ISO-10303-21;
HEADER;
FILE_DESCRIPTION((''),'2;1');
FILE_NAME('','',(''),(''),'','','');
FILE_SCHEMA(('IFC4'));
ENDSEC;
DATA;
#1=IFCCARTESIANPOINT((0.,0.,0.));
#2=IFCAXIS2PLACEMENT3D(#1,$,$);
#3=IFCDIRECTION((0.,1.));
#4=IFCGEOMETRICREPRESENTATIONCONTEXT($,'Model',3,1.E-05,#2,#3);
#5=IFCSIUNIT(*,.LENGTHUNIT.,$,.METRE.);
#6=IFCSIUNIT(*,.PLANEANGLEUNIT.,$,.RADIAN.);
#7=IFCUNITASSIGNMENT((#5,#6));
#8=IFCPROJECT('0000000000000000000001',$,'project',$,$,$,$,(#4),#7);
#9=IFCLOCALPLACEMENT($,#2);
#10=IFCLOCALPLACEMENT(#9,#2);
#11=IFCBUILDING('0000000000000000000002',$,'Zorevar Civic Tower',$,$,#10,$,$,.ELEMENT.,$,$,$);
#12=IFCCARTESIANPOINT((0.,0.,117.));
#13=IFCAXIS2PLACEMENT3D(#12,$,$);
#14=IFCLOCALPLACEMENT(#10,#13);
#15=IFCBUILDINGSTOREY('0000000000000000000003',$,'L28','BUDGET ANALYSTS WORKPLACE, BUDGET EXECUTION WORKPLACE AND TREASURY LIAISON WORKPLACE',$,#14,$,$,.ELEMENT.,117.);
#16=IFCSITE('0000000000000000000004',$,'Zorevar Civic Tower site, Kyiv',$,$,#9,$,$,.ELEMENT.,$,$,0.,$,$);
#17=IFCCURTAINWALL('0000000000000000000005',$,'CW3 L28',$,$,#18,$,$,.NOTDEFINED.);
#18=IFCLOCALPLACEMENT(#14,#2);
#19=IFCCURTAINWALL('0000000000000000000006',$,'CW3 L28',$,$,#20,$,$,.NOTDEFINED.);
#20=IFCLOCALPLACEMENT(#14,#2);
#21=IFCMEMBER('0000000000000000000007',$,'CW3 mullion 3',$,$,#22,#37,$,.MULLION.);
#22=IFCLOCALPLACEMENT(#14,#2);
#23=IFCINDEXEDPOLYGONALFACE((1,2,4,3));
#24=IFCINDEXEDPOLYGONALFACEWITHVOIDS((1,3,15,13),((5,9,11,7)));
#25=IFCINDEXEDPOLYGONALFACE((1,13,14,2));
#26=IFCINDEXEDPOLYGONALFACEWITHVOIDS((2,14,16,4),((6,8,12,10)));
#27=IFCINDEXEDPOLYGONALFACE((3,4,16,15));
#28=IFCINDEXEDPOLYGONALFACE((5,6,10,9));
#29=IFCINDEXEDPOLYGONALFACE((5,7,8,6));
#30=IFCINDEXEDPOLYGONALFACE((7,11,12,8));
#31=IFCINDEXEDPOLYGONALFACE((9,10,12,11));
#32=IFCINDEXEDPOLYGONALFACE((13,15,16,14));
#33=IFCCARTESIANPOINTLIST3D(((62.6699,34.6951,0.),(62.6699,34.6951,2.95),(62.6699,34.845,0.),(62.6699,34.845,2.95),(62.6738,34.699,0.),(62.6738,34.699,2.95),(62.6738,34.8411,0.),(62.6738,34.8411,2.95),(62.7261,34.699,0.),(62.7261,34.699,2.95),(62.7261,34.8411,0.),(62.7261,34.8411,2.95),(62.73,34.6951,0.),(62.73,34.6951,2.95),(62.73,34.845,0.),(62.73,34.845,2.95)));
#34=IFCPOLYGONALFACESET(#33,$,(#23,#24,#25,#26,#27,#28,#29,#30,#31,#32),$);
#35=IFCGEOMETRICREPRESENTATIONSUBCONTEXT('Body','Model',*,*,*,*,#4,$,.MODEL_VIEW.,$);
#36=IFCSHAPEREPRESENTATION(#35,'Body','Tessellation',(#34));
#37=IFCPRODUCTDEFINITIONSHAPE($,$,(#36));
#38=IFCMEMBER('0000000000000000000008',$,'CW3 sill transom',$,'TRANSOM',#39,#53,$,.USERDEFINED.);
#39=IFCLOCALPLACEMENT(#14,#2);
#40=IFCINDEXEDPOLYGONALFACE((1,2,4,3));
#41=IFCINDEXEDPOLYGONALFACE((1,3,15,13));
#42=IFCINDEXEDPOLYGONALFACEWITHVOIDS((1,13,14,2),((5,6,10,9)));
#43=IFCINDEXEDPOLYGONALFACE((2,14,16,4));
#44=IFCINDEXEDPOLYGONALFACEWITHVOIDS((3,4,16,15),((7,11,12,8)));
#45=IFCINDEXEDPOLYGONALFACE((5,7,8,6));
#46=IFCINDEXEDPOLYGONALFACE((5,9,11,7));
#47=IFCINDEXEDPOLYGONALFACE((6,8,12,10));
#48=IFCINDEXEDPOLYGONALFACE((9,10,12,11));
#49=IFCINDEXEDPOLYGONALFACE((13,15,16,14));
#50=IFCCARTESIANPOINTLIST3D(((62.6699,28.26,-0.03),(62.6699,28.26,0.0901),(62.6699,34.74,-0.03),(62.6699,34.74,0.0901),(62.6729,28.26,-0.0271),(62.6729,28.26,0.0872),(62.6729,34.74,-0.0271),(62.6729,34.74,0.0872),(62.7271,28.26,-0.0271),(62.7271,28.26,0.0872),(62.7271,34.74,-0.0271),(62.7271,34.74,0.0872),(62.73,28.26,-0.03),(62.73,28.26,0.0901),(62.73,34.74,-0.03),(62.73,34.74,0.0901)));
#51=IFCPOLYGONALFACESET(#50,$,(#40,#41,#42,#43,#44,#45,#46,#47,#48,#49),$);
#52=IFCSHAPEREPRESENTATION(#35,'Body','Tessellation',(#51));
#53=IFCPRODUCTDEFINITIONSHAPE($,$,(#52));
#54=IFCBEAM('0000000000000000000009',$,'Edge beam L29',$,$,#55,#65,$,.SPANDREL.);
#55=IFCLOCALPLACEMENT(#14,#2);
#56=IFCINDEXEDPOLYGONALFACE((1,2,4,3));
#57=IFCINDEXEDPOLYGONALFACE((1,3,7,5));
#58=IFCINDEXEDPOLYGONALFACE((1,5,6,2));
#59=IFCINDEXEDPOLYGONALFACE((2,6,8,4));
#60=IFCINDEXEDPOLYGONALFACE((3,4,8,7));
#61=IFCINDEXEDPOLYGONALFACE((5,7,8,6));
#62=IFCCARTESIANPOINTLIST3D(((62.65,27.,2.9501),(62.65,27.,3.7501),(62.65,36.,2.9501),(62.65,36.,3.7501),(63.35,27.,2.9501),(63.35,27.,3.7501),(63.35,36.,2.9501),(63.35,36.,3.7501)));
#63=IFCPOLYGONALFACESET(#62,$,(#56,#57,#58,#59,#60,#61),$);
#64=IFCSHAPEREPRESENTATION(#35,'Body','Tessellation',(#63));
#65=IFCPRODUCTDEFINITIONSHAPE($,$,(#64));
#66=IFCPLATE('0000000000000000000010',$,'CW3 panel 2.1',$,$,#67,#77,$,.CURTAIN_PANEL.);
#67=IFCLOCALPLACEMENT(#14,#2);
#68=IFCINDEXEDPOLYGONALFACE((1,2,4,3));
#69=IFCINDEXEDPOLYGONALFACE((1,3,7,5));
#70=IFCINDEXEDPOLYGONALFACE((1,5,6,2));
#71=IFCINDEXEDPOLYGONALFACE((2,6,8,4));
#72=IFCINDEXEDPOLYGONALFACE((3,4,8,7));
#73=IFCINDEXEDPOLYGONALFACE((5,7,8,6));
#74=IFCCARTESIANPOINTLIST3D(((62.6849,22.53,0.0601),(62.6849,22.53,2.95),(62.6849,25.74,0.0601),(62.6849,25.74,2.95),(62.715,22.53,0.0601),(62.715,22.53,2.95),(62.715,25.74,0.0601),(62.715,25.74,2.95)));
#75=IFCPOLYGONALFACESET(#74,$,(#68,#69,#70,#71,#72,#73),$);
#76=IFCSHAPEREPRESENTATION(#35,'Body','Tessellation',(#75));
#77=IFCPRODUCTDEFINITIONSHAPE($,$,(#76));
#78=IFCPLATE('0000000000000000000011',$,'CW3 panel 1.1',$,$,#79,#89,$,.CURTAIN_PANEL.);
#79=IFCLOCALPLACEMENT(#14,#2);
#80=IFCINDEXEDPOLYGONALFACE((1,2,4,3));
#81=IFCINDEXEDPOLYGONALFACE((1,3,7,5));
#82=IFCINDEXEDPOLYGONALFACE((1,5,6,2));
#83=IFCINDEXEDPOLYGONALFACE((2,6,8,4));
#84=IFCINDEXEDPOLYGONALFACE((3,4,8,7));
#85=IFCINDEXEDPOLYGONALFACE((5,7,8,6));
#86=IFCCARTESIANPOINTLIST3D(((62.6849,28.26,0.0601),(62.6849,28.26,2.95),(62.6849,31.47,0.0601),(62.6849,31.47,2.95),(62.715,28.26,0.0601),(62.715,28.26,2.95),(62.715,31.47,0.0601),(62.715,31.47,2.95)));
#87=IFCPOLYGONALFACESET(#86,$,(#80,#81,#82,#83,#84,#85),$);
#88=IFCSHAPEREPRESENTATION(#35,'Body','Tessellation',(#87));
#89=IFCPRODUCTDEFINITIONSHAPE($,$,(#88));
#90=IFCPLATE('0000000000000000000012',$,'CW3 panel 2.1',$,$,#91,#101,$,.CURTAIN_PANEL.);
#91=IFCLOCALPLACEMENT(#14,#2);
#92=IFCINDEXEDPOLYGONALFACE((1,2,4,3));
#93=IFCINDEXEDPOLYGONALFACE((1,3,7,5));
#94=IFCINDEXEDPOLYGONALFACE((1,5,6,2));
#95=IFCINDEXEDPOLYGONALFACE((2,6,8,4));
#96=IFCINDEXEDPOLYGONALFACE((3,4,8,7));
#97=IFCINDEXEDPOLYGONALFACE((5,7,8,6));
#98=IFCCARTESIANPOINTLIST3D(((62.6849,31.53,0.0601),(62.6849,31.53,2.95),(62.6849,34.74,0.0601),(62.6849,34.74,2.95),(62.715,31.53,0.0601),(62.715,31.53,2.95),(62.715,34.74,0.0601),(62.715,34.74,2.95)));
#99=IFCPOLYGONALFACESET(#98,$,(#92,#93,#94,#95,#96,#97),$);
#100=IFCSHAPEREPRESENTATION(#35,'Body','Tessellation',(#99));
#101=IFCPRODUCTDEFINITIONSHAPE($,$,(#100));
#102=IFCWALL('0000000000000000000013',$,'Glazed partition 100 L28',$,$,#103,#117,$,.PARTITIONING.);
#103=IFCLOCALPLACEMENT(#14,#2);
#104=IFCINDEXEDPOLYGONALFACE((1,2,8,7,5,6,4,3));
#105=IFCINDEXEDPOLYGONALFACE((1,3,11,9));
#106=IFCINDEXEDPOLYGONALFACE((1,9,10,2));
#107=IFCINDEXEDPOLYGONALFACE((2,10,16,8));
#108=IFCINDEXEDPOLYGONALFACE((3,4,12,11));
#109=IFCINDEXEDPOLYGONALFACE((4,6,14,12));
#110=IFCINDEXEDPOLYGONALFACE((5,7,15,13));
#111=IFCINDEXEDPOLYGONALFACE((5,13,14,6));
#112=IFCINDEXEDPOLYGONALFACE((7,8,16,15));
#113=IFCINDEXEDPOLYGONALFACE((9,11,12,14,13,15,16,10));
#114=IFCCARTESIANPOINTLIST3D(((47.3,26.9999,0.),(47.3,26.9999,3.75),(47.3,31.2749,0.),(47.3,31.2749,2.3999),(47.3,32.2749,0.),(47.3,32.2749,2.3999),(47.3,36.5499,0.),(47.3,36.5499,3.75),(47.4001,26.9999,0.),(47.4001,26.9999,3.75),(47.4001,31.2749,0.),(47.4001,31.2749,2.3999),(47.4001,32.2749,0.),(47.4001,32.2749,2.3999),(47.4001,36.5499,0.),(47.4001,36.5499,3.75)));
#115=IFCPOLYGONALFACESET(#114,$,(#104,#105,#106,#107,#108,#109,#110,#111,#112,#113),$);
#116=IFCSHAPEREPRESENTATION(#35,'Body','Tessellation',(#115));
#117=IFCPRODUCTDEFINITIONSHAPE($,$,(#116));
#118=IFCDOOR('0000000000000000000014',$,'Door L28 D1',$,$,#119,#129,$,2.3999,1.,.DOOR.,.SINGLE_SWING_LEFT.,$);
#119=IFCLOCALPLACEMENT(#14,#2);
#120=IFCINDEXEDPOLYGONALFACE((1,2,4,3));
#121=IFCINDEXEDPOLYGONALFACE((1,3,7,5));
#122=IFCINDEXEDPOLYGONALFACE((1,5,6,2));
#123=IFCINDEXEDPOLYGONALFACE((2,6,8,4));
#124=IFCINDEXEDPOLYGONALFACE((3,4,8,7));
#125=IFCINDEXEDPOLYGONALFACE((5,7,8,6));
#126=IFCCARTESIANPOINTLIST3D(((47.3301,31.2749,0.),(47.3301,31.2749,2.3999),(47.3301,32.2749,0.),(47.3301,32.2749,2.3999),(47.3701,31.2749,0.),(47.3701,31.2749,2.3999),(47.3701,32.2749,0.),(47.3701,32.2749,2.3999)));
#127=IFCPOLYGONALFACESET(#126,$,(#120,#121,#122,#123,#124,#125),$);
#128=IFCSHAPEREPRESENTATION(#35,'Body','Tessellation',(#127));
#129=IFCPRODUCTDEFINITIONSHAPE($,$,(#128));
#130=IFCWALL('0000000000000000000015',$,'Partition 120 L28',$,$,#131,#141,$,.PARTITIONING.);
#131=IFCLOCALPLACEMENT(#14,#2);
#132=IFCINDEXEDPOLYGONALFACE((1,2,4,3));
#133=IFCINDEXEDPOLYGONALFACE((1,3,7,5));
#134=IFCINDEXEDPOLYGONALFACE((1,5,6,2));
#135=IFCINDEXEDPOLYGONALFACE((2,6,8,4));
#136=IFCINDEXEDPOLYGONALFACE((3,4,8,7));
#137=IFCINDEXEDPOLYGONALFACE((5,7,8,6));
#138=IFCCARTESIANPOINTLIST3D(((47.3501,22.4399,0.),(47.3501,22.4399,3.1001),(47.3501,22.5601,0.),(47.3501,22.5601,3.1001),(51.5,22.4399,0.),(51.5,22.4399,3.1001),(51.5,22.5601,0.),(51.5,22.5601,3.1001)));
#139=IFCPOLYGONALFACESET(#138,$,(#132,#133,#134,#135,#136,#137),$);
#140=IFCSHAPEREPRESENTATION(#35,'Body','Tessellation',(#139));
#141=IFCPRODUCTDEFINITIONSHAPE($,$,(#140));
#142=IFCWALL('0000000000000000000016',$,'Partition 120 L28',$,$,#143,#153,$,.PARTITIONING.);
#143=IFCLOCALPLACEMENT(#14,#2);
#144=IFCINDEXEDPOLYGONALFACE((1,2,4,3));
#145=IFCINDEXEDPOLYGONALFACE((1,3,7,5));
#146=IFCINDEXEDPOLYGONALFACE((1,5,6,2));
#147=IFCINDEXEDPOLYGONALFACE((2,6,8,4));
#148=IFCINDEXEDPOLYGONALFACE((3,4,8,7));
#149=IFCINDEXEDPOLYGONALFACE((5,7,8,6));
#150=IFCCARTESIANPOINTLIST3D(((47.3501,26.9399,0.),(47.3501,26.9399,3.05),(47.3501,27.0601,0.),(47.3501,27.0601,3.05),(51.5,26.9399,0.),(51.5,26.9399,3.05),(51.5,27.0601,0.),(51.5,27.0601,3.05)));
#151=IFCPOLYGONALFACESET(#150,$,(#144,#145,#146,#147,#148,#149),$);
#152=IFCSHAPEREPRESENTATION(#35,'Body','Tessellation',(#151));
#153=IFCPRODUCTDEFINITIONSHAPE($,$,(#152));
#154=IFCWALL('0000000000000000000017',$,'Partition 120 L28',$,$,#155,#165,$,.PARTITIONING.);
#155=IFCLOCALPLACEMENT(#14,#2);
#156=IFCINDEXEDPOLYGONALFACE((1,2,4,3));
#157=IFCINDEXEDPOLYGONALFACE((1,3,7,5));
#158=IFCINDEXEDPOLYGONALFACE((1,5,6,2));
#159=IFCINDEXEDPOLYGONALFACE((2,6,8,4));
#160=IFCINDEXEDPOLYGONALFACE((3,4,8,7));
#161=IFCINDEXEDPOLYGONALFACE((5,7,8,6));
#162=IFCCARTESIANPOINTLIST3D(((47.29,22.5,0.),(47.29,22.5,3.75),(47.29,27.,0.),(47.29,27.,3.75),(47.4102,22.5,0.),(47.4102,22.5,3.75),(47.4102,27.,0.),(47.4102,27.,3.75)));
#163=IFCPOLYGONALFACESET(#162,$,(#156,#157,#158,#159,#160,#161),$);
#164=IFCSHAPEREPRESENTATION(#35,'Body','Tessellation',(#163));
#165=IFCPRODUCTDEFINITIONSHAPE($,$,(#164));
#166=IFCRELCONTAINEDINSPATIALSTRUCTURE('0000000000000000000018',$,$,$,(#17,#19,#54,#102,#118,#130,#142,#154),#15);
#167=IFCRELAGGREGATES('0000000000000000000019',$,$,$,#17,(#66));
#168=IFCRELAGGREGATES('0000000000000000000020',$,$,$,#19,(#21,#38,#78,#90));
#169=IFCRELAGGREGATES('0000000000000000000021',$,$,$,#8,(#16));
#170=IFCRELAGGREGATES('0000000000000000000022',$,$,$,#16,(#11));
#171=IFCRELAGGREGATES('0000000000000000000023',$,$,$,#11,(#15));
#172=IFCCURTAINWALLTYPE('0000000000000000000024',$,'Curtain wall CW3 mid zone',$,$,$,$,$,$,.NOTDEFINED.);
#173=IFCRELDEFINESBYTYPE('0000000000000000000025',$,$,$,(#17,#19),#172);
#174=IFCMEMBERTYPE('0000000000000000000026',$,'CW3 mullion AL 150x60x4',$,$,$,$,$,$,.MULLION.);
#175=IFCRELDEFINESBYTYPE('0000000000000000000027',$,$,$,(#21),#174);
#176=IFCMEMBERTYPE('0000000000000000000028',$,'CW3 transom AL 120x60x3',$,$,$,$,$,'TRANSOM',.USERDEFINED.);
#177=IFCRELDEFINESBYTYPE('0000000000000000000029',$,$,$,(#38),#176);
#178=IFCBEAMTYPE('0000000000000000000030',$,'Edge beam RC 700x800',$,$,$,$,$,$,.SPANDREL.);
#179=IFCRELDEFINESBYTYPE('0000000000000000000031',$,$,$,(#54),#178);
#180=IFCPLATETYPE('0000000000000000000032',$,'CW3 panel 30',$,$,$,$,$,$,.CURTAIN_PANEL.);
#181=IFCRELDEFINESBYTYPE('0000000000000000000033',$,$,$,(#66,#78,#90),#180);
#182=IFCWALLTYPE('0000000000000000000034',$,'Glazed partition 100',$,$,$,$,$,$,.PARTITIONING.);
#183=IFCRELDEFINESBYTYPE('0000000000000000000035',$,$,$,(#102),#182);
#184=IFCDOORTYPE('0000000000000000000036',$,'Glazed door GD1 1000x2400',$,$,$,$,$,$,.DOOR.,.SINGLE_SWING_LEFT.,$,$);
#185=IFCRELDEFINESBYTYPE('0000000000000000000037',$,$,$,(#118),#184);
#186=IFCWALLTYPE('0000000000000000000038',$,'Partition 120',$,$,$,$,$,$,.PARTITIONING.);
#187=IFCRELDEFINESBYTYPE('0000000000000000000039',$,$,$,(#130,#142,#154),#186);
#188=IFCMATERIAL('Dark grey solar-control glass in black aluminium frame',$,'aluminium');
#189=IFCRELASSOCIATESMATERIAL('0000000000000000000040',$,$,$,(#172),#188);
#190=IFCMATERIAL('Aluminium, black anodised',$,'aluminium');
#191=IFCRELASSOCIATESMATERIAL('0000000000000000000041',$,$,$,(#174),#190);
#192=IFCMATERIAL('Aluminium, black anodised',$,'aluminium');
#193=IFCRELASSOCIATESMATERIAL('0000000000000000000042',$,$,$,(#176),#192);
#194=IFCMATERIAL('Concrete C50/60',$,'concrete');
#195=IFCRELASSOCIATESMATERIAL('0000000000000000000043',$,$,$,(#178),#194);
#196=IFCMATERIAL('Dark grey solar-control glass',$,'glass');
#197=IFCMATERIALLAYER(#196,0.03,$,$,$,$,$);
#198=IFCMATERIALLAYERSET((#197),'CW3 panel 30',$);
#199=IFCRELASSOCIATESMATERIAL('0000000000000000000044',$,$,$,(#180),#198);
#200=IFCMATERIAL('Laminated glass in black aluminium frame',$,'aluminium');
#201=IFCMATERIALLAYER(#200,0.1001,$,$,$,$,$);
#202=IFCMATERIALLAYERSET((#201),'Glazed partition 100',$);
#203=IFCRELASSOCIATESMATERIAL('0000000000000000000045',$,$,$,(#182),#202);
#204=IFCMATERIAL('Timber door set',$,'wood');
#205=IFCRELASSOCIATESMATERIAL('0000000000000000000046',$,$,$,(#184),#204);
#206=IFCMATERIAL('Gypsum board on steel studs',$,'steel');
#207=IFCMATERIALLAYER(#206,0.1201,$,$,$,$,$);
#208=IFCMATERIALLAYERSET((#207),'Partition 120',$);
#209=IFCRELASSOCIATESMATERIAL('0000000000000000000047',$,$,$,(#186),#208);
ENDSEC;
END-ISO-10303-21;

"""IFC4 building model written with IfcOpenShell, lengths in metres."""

from ifc_helpers import new_model, si_unit, direction, frame, frame_2d, origin, origin_2d, place, context, subcontext, project, spatial, rectangle, hollow_rectangle, extrude, material, layer, layer_set, material_profile, profile_set, type_object, element, fill, aggregate, save


model = new_model("IFC4")

# Units and contexts
model_context = context("Model", 3, precision=1e-05, world=origin(), true_north=direction((0.0, 1.0)))
body_context = subcontext(model_context, "Body", "Model", "MODEL_VIEW")
ifc_project = project(units=[si_unit("LENGTHUNIT", "METRE"), si_unit("PLANEANGLEUNIT", "RADIAN")], contexts=[model_context])

# Site, building, storey
site_placement = place(None, origin())
site = spatial("IfcSite", under=ifc_project, at=site_placement, Name="Zorevar Civic Tower site, Kyiv", CompositionType="ELEMENT", RefElevation=0.0)
building_placement = place(site_placement, origin())
building = spatial("IfcBuilding", under=site, at=building_placement, Name="Zorevar Civic Tower", CompositionType="ELEMENT")
storey_placement = place(building_placement, frame((0.0, 0.0, 117.0)))
storey = spatial("IfcBuildingStorey", under=building, at=storey_placement, Name="L28", Description="BUDGET ANALYSTS WORKPLACE, BUDGET EXECUTION WORKPLACE AND TREASURY LIAISON WORKPLACE", CompositionType="ELEMENT", Elevation=117.0)

# Curtain walls, members
ifc_material_1 = material(Name="Dark grey solar-control glass in black aluminium frame", Category="aluminium")
curtain_wall_type = type_object("IfcCurtainWallType", Name="Curtain wall CW3 mid zone", PredefinedType="NOTDEFINED", material=ifc_material_1)
curtain_wall_1_placement = place(storey_placement, origin())
curtain_wall_1 = element("IfcCurtainWall", 1, at=curtain_wall_1_placement, inside=storey, type_object=curtain_wall_type, Name="CW3 L28", PredefinedType="NOTDEFINED")
ifc_material_2 = material(Name="Aluminium, black anodised", Category="aluminium")
ifc_material_profile_1 = material_profile(ifc_material_2, hollow_rectangle(XDim=0.0601, YDim=0.1499, WallThickness=0.0039, at=origin_2d()), Name="AL 150x60x4")
ifc_profile_set_1 = profile_set([ifc_material_profile_1], Name="Aluminium, black anodised")
member_type_1 = type_object("IfcMemberType", Name="CW3 mullion AL 150x60x4", PredefinedType="MULLION", material=ifc_profile_set_1)
curtain_wall_2_placement = place(storey_placement, origin())
curtain_wall_2 = element("IfcCurtainWall", 2, at=curtain_wall_2_placement, inside=storey, type_object=curtain_wall_type, Name="CW3 L28", PredefinedType="NOTDEFINED")
member_1_placement = place(storey_placement, frame((62.7, 34.77, 0.0), z_axis=(0.0, 0.0, 1.0), x_axis=(-1.0, 0.0, 0.0)))
member_1 = element("IfcMember", 3, at=member_1_placement, type_object=member_type_1, Name="CW3 mullion 3", PredefinedType="MULLION", context=body_context, shape_type="SweptSolid", body=[
    extrude(hollow_rectangle(XDim=0.0601, YDim=0.1499, WallThickness=0.0039, at=origin_2d()), origin(), (0.0, 0.0, 1.0), 2.95),
])
ifc_material_3 = material(Name="Aluminium, black anodised", Category="aluminium")
ifc_material_profile_2 = material_profile(ifc_material_3, hollow_rectangle(XDim=0.0601, YDim=0.1201, WallThickness=0.0029, at=origin_2d()), Name="AL 120x60x3")
ifc_profile_set_2 = profile_set([ifc_material_profile_2], Name="Aluminium, black anodised")
member_type_2 = type_object("IfcMemberType", Name="CW3 transom AL 120x60x3", ElementType="TRANSOM", PredefinedType="USERDEFINED", material=ifc_profile_set_2)
member_2_placement = place(storey_placement, frame((62.7, 28.26, 0.03), z_axis=(0.0, 1.0, 0.0), x_axis=(-1.0, 0.0, 0.0)))
member_2 = element("IfcMember", 4, at=member_2_placement, type_object=member_type_2, Name="CW3 sill transom", ObjectType="TRANSOM", PredefinedType="USERDEFINED", context=body_context, shape_type="SweptSolid", body=[
    extrude(hollow_rectangle(XDim=0.0601, YDim=0.1201, WallThickness=0.0029, at=origin_2d()), origin(), (0.0, 0.0, 1.0), 6.48),
])

# Beam
ifc_material_4 = material(Name="Concrete C50/60", Category="concrete")
ifc_material_profile_3 = material_profile(ifc_material_4, rectangle(XDim=0.7, YDim=0.8, at=origin_2d()), Name="RC 700x800")
ifc_profile_set_3 = profile_set([ifc_material_profile_3], Name="Concrete C50/60")
beam_type_1 = type_object("IfcBeamType", Name="Edge beam RC 700x800", PredefinedType="SPANDREL", material=ifc_profile_set_3)
beam_1_placement = place(storey_placement, frame((63.0, 27.0, 3.3501), z_axis=(0.0, 1.0, 0.0), x_axis=(-1.0, 0.0, 0.0)))
element("IfcBeam", 5, at=beam_1_placement, inside=storey, type_object=beam_type_1, Name="Edge beam L29", PredefinedType="SPANDREL", context=body_context, shape_type="SweptSolid", body=[
    extrude(rectangle(XDim=0.7, YDim=0.8, at=origin_2d()), origin(), (0.0, 0.0, 1.0), 9.0),
])

# Plates
ifc_material_5 = material(Name="Dark grey solar-control glass", Category="glass")
ifc_layer_1 = layer(ifc_material_5, 0.03)
ifc_layer_set_1 = layer_set([ifc_layer_1], Name="CW3 panel 30")
plate_type = type_object("IfcPlateType", Name="CW3 panel 30", PredefinedType="CURTAIN_PANEL", material=ifc_layer_set_1)
plate_1_placement = place(storey_placement, frame((62.7, 24.135, 0.0601), z_axis=(0.0, 0.0, 1.0), x_axis=(0.0, 1.0, 0.0)))
plate_1 = element("IfcPlate", 6, at=plate_1_placement, type_object=plate_type, Name="CW3 panel 2.1", PredefinedType="CURTAIN_PANEL", context=body_context, shape_type="SweptSolid", body=[
    extrude(rectangle(XDim=3.21, YDim=0.03, at=origin_2d()), origin(), (0.0, 0.0, 1.0), 2.8899),
])
aggregate(curtain_wall_1, [plate_1])
plate_2_placement = place(storey_placement, frame((62.7, 29.865, 0.0601), z_axis=(0.0, 0.0, 1.0), x_axis=(0.0, 1.0, 0.0)))
plate_2 = element("IfcPlate", 7, at=plate_2_placement, type_object=plate_type, Name="CW3 panel 1.1", PredefinedType="CURTAIN_PANEL", context=body_context, shape_type="SweptSolid", body=[
    extrude(rectangle(XDim=3.21, YDim=0.03, at=origin_2d()), origin(), (0.0, 0.0, 1.0), 2.8899),
])
plate_3_placement = place(storey_placement, frame((62.7, 33.135, 0.0601), z_axis=(0.0, 0.0, 1.0), x_axis=(0.0, 1.0, 0.0)))
plate_3 = element("IfcPlate", 8, at=plate_3_placement, type_object=plate_type, Name="CW3 panel 2.1", PredefinedType="CURTAIN_PANEL", context=body_context, shape_type="SweptSolid", body=[
    extrude(rectangle(XDim=3.21, YDim=0.03, at=origin_2d()), origin(), (0.0, 0.0, 1.0), 2.8899),
])
aggregate(curtain_wall_2, [member_1, member_2, plate_2, plate_3])

# Wall, opening, door
ifc_material_6 = material(Name="Laminated glass in black aluminium frame", Category="aluminium")
ifc_layer_2 = layer(ifc_material_6, 0.1001)
ifc_layer_set_2 = layer_set([ifc_layer_2], Name="Glazed partition 100")
wall_type_1 = type_object("IfcWallType", Name="Glazed partition 100", PredefinedType="PARTITIONING", material=ifc_layer_set_2)
wall_1_placement = place(storey_placement, frame((47.3501, 27.0, 0.0), z_axis=(0.0, 0.0, 1.0), x_axis=(0.0, 1.0, 0.0)))
wall_1 = element("IfcWall", 9, at=wall_1_placement, inside=storey, type_object=wall_type_1, Name="Glazed partition 100 L28", PredefinedType="PARTITIONING", context=body_context, shape_type="SweptSolid", body=[
    extrude(rectangle(XDim=9.55, YDim=0.1001, at=frame_2d((4.7749, 0.0))), origin(), (0.0, 0.0, 1.0), 3.75),
])
opening_1_placement = place(wall_1_placement, frame((4.2749, 0.0, 0.0)))
opening_1 = element("IfcOpeningElement", 10, at=opening_1_placement, cuts=wall_1, PredefinedType="OPENING", context=body_context, shape_type="SweptSolid", body=[
    extrude(rectangle(XDim=1.0, YDim=2.3999, at=frame_2d((0.5, 1.2))), frame((0.0, 0.0601, 0.0), z_axis=(0.0, -1.0, 0.0), x_axis=(1.0, 0.0, 0.0)), (0.0, 0.0, 1.0), 0.1201),
])
ifc_material_7 = material(Name="Timber door set", Category="wood")
door_type_1 = type_object("IfcDoorType", Name="Glazed door GD1 1000x2400", OperationType="SINGLE_SWING_LEFT", PredefinedType="DOOR", material=ifc_material_7)
door_1_placement = place(opening_1_placement, origin())
door_1 = element("IfcDoor", 11, at=door_1_placement, inside=storey, type_object=door_type_1, Name="Door L28 D1", OperationType="SINGLE_SWING_LEFT", OverallHeight=2.3999, OverallWidth=1.0, PredefinedType="DOOR", context=body_context, shape_type="SweptSolid", body=[
    extrude(rectangle(XDim=1.0, YDim=2.3999, at=frame_2d((0.5, 1.2))), frame((0.0, 0.02, 0.0), z_axis=(0.0, -1.0, 0.0), x_axis=(1.0, 0.0, 0.0)), (0.0, 0.0, 1.0), 0.04),
])
fill(opening_1, door_1)

# Walls
ifc_material_8 = material(Name="Gypsum board on steel studs", Category="steel")
ifc_layer_3 = layer(ifc_material_8, 0.1201)
ifc_layer_set_3 = layer_set([ifc_layer_3], Name="Partition 120")
wall_type_2 = type_object("IfcWallType", Name="Partition 120", PredefinedType="PARTITIONING", material=ifc_layer_set_3)
wall_2_placement = place(storey_placement, frame((47.3501, 22.5, 0.0), z_axis=(0.0, 0.0, 1.0), x_axis=(1.0, 0.0, 0.0)))
element("IfcWall", 12, at=wall_2_placement, inside=storey, type_object=wall_type_2, Name="Partition 120 L28", PredefinedType="PARTITIONING", context=body_context, shape_type="SweptSolid", body=[
    extrude(rectangle(XDim=4.1499, YDim=0.1201, at=frame_2d((2.075, 0.0))), origin(), (0.0, 0.0, 1.0), 3.1001),
])
wall_3_placement = place(storey_placement, frame((47.3501, 27.0, 0.0), z_axis=(0.0, 0.0, 1.0), x_axis=(1.0, 0.0, 0.0)))
element("IfcWall", 13, at=wall_3_placement, inside=storey, type_object=wall_type_2, Name="Partition 120 L28", PredefinedType="PARTITIONING", context=body_context, shape_type="SweptSolid", body=[
    extrude(rectangle(XDim=4.1499, YDim=0.1201, at=frame_2d((2.075, 0.0))), origin(), (0.0, 0.0, 1.0), 3.05),
])
wall_4_placement = place(storey_placement, frame((47.3501, 22.5, 0.0), z_axis=(0.0, 0.0, 1.0), x_axis=(0.0, 1.0, 0.0)))
element("IfcWall", 14, at=wall_4_placement, inside=storey, type_object=wall_type_2, Name="Partition 120 L28", PredefinedType="PARTITIONING", context=body_context, shape_type="SweptSolid", body=[
    extrude(rectangle(XDim=4.5, YDim=0.1201, at=frame_2d((2.25, 0.0))), origin(), (0.0, 0.0, 1.0), 3.75),
])

save(model, "model.ifc")
